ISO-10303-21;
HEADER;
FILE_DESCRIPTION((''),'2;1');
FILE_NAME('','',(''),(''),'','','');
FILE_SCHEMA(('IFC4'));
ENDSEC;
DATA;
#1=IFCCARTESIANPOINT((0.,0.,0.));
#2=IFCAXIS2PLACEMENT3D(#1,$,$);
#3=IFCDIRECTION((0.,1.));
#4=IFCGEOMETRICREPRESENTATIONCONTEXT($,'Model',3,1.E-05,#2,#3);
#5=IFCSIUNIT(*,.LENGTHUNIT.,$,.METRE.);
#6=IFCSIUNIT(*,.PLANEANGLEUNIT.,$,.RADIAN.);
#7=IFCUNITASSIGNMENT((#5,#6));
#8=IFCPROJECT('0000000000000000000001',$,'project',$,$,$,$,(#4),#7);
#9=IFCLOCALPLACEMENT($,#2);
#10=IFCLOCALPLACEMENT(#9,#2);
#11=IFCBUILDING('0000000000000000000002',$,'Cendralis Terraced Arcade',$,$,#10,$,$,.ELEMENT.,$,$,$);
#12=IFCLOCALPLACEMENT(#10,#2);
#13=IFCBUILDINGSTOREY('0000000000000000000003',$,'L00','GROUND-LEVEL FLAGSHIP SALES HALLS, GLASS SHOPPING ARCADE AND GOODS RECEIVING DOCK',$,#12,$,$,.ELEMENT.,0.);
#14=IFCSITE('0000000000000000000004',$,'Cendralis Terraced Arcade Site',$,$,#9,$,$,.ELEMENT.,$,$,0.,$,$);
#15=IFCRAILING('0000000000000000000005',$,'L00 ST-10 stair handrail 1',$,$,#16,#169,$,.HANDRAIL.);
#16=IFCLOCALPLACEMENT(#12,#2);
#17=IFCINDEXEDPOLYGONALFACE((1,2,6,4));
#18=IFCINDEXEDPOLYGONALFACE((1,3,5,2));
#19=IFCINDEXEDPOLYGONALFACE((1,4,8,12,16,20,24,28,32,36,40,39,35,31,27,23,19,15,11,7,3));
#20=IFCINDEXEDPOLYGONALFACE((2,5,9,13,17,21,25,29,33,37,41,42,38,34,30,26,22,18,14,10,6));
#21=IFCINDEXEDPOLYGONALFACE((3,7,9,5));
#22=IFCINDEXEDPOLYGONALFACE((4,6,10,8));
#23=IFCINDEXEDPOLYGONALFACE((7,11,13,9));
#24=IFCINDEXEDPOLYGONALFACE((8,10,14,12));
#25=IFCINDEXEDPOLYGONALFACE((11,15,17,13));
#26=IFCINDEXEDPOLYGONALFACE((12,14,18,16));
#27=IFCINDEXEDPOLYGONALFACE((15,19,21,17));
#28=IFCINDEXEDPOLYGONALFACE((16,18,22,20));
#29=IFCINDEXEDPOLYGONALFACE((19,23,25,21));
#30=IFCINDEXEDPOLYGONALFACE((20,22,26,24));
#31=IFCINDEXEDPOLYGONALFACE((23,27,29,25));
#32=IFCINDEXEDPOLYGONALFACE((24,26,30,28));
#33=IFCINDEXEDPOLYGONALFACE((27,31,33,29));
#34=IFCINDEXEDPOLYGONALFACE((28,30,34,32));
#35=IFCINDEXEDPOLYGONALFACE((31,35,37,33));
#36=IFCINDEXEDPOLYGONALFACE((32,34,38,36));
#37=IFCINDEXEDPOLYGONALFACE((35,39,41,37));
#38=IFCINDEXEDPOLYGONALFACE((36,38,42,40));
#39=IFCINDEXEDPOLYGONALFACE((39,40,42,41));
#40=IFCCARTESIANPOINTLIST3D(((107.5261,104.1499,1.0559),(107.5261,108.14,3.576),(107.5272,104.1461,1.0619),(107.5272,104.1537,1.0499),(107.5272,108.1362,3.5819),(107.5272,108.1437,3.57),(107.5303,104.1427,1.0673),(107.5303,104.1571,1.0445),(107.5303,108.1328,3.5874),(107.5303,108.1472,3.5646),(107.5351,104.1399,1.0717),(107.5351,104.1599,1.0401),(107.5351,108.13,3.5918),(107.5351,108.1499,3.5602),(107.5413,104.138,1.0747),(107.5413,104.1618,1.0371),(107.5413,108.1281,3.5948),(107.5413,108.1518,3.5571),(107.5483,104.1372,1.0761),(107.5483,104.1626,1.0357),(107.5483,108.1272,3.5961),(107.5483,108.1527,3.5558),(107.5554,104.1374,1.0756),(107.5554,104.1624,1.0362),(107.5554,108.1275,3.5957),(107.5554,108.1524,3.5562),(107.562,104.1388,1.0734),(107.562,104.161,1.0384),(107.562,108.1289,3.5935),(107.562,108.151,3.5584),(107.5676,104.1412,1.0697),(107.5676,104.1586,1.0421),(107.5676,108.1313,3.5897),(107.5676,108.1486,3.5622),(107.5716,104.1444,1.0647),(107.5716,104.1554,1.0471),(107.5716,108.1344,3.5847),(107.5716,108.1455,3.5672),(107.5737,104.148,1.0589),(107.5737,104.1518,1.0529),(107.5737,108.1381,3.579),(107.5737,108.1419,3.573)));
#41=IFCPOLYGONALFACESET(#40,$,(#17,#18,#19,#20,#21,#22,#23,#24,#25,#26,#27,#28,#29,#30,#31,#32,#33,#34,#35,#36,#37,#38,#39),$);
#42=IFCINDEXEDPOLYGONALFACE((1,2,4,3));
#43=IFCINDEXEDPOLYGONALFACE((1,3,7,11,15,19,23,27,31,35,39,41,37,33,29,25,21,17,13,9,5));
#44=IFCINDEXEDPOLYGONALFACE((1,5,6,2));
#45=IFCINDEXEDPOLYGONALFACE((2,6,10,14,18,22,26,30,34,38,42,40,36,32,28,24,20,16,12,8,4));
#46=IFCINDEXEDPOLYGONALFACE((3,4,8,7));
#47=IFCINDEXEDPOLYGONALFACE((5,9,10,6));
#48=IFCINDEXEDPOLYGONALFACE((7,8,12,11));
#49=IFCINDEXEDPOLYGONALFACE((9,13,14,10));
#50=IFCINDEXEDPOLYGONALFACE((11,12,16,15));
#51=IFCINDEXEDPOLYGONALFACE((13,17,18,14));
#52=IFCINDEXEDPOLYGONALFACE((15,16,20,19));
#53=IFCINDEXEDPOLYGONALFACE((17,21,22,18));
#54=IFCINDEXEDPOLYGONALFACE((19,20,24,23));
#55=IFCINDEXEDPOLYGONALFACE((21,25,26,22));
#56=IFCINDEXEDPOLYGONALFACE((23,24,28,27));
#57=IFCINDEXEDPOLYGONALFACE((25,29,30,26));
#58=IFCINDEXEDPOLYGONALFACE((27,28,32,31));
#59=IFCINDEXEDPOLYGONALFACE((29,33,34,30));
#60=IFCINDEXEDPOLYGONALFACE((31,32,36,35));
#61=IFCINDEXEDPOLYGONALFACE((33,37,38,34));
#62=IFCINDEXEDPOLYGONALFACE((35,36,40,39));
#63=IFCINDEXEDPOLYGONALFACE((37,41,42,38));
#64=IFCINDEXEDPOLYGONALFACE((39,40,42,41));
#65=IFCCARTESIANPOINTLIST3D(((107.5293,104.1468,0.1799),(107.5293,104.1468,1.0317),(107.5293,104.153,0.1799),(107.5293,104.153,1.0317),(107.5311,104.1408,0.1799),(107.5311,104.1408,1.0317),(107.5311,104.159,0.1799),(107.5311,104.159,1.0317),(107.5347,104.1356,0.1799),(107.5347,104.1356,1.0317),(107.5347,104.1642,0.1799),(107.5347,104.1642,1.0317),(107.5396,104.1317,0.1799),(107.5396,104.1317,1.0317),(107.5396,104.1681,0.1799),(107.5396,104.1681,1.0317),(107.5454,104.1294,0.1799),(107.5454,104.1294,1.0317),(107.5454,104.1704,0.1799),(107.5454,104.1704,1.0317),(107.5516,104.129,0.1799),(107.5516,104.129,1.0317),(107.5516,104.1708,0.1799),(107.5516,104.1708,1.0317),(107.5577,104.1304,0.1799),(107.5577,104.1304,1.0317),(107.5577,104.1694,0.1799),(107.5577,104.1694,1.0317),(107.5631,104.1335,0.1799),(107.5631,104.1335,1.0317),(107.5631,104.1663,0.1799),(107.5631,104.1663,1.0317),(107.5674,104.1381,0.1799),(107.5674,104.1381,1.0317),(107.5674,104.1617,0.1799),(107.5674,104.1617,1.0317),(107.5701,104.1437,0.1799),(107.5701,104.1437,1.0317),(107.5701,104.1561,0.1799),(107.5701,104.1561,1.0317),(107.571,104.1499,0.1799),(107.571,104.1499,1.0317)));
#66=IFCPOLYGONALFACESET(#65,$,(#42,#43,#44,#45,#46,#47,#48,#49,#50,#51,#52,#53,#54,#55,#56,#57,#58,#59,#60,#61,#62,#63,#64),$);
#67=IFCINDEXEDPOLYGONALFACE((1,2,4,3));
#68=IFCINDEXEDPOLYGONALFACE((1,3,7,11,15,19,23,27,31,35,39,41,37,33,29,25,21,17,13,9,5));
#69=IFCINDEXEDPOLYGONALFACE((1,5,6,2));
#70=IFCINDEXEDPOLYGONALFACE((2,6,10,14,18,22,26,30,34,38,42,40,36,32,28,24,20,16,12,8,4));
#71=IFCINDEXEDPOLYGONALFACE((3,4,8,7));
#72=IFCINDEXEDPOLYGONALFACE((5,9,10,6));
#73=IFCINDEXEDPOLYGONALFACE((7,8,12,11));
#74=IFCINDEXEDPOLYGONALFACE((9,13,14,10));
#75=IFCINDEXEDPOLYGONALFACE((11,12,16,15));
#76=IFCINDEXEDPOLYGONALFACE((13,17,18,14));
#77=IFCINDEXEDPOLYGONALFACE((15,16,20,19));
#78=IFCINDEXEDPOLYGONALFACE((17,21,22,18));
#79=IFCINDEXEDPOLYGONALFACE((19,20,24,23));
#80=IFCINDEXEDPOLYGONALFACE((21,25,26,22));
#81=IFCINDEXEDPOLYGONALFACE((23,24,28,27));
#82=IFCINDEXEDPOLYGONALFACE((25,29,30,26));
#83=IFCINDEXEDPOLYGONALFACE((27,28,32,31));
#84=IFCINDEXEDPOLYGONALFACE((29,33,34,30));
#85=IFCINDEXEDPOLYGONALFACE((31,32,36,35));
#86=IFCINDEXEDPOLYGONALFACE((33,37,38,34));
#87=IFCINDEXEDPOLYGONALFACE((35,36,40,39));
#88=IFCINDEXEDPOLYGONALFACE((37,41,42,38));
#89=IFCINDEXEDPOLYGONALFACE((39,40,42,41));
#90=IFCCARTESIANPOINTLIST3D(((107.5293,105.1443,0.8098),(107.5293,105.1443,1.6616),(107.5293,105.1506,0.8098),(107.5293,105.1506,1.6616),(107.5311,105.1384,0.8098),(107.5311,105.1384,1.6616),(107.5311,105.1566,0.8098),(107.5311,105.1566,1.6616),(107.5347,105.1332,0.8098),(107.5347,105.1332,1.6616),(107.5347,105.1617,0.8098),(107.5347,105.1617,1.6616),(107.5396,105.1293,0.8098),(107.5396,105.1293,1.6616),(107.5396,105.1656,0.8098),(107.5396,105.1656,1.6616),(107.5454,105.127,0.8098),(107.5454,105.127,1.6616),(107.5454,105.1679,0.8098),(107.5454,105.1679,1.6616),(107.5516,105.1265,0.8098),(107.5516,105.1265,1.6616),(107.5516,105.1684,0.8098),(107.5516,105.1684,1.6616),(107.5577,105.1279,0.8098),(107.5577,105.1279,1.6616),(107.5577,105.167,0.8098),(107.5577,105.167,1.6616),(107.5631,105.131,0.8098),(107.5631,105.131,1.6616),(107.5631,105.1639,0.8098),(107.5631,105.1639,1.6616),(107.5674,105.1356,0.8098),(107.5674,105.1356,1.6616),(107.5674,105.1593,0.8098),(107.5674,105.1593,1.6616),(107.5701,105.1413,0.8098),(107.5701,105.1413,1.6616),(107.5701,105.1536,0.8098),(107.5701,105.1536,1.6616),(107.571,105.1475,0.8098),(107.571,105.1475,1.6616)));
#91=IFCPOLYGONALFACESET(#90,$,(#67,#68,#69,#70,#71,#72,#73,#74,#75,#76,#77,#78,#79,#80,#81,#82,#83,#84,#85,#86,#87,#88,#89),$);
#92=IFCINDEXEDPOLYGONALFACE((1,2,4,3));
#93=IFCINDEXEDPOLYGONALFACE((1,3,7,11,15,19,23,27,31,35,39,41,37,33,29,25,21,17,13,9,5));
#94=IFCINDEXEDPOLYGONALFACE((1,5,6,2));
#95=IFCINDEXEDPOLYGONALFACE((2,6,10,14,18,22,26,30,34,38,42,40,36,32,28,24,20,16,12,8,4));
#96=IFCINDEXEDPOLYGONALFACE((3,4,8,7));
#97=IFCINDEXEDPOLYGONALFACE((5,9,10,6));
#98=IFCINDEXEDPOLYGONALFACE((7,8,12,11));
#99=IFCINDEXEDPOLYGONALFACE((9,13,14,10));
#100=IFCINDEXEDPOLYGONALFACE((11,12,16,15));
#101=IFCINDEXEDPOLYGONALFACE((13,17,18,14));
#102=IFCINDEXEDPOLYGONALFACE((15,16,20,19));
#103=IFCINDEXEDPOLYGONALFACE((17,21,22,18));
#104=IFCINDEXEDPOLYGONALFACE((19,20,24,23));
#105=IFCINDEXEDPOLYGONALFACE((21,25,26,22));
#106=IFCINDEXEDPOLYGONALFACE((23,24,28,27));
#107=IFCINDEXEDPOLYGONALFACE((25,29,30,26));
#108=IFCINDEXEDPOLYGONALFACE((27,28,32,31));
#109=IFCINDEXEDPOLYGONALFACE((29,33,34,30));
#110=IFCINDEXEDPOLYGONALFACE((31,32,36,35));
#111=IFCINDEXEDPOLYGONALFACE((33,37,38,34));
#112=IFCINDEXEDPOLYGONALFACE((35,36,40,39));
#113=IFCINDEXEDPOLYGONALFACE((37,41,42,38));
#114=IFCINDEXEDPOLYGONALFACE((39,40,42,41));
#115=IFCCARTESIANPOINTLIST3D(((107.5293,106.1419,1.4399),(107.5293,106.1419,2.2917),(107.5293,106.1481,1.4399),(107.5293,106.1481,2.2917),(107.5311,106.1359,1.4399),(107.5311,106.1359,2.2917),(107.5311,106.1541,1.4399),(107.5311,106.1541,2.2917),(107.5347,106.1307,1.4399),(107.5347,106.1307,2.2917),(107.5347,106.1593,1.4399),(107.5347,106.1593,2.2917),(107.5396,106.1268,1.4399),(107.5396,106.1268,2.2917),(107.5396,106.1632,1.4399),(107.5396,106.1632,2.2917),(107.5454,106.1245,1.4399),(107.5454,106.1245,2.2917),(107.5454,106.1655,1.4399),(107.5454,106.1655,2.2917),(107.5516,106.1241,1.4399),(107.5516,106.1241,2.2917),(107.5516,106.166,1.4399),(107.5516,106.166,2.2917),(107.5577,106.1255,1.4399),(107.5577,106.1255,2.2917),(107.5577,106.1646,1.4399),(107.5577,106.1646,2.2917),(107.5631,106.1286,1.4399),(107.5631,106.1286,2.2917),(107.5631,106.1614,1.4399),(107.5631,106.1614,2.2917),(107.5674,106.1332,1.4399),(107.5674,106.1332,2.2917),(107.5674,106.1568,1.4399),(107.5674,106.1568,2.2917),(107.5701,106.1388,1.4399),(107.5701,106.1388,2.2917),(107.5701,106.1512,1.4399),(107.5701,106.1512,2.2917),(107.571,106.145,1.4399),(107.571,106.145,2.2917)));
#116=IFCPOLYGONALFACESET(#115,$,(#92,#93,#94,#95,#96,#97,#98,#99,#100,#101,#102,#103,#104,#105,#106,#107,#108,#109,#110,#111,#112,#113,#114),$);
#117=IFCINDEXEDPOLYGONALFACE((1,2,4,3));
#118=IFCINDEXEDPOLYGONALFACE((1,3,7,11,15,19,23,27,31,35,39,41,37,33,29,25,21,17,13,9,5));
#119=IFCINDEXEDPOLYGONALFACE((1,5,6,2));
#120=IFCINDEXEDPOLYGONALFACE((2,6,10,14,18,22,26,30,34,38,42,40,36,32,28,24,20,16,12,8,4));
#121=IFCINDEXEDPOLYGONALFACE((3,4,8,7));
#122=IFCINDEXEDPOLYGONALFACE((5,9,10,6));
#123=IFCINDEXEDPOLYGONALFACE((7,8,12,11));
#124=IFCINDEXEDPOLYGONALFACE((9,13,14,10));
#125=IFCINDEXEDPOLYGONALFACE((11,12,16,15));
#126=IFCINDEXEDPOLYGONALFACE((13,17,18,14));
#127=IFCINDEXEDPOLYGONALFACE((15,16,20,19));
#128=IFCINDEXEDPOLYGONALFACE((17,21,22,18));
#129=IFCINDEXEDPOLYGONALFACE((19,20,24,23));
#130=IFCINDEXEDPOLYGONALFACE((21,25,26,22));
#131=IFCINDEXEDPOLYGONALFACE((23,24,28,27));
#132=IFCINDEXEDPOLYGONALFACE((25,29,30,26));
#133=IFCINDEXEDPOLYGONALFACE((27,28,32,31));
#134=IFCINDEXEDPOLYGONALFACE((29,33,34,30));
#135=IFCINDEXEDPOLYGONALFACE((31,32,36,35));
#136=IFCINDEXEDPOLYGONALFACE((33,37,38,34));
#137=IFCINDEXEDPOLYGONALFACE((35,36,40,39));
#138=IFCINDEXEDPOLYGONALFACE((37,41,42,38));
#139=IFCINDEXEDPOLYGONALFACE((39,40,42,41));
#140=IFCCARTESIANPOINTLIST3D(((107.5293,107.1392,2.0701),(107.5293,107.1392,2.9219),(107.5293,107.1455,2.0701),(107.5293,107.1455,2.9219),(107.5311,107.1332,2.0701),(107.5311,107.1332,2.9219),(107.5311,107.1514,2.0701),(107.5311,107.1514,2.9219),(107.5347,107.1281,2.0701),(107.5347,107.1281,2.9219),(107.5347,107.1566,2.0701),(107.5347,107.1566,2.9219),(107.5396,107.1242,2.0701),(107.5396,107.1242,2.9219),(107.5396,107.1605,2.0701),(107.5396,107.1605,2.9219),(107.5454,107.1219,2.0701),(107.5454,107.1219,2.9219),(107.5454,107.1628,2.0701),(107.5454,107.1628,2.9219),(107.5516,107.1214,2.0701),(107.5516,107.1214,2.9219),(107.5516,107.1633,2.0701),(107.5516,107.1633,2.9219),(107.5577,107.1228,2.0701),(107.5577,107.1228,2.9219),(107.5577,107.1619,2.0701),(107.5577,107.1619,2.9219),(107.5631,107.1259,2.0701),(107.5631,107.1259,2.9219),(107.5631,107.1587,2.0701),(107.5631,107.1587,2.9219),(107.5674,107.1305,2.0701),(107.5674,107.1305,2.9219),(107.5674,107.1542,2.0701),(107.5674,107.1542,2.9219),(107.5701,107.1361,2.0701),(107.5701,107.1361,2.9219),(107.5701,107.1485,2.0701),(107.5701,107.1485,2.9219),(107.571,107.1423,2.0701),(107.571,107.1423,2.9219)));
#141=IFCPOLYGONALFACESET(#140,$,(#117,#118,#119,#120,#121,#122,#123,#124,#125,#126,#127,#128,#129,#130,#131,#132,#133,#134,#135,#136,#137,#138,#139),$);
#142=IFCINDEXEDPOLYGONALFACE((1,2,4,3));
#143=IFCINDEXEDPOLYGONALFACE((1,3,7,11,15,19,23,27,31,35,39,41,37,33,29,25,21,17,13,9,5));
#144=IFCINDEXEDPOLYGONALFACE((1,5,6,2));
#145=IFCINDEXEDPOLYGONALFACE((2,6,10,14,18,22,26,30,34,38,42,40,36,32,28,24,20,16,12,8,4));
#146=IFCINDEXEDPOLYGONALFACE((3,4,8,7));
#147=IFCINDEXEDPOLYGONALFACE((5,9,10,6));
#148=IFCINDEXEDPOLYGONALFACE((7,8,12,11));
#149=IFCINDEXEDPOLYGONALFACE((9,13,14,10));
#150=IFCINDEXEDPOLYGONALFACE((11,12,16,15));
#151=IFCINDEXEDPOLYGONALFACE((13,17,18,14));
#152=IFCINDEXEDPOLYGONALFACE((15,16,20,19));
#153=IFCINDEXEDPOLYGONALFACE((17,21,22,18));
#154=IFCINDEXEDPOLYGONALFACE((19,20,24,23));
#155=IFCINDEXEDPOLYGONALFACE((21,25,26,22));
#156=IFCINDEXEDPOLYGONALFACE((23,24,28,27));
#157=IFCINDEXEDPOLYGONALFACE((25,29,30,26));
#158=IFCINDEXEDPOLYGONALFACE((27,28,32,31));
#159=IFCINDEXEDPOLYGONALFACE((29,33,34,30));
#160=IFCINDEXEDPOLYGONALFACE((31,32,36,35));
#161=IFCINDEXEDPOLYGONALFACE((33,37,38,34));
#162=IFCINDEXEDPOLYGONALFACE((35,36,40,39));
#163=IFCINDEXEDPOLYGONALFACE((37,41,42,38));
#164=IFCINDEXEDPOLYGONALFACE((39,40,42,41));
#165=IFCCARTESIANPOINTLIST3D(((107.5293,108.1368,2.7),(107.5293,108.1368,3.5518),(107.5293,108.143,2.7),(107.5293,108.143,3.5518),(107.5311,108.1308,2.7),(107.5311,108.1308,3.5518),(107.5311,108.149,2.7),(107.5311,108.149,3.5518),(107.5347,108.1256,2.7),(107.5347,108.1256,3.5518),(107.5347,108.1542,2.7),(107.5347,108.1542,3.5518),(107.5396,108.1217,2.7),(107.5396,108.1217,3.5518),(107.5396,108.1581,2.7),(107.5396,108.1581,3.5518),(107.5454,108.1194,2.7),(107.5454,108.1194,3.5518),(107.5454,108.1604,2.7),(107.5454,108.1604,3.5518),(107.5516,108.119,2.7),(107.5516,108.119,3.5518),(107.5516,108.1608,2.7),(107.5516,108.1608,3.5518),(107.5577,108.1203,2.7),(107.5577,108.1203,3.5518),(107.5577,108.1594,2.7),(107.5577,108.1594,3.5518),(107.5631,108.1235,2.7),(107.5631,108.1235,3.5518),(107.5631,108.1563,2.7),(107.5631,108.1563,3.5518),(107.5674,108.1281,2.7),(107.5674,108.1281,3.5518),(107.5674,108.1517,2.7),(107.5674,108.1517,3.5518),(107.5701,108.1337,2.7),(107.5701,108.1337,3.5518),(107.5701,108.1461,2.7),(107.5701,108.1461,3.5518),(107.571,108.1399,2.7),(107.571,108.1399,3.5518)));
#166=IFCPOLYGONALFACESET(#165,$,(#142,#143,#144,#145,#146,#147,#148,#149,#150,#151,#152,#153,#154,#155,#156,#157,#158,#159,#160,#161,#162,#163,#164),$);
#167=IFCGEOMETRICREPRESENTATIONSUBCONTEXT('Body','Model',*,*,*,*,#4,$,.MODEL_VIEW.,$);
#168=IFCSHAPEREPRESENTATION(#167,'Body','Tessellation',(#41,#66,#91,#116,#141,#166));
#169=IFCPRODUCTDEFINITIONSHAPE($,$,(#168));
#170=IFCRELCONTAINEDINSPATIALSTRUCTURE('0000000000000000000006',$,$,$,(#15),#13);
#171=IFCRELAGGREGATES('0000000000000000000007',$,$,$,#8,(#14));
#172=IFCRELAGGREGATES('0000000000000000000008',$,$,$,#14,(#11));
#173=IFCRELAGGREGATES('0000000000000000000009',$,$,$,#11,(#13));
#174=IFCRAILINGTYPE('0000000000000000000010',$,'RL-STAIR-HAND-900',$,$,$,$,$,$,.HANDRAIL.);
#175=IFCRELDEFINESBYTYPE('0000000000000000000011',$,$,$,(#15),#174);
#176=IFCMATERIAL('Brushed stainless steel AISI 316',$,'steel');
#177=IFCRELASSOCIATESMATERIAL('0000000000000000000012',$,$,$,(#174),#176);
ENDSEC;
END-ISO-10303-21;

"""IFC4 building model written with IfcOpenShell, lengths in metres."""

from ifc_helpers import new_model, si_unit, direction, frame, origin, origin_2d, place, context, subcontext, project, spatial, circle, extrude, material, type_object, element, save


model = new_model("IFC4")

# Units and contexts
model_context = context("Model", 3, precision=1e-05, world=origin(), true_north=direction((0.0, 1.0)))
body_context = subcontext(model_context, "Body", "Model", "MODEL_VIEW")
ifc_project = project(units=[si_unit("LENGTHUNIT", "METRE"), si_unit("PLANEANGLEUNIT", "RADIAN")], contexts=[model_context])

# Site, building, storey
site_placement = place(None, origin())
site = spatial("IfcSite", under=ifc_project, at=site_placement, Name="Cendralis Terraced Arcade Site", CompositionType="ELEMENT", RefElevation=0.0)
building_placement = place(site_placement, origin())
building = spatial("IfcBuilding", under=site, at=building_placement, Name="Cendralis Terraced Arcade", CompositionType="ELEMENT")
storey_placement = place(building_placement, origin())
storey = spatial("IfcBuildingStorey", under=building, at=storey_placement, Name="L00", Description="GROUND-LEVEL FLAGSHIP SALES HALLS, GLASS SHOPPING ARCADE AND GOODS RECEIVING DOCK", CompositionType="ELEMENT", Elevation=0.0)

# Railing
ifc_material_1 = material(Name="Brushed stainless steel AISI 316", Category="steel")
railing_type_1 = type_object("IfcRailingType", Name="RL-STAIR-HAND-900", PredefinedType="HANDRAIL", material=ifc_material_1)
railing_1_placement = place(storey_placement, frame((107.55, 104.1499, 0.1799)))
element("IfcRailing", 1, at=railing_1_placement, inside=storey, type_object=railing_type_1, Name="L00 ST-10 stair handrail 1", PredefinedType="HANDRAIL", context=body_context, shape_type="SweptSolid", body=[
    extrude(circle(Radius=0.0239, at=origin_2d()), frame((0.0, 0.0, 0.876), z_axis=(0.0, 0.845486, 0.533997), x_axis=(-1.0, 0.0, 0.0)), (0.0, 0.0, 1.0), 4.7192),
    extrude(circle(Radius=0.021, at=origin_2d()), origin(), (0.0, 0.0, 1.0), 0.8518),
    extrude(circle(Radius=0.021, at=origin_2d()), frame((0.0, 0.9976, 0.6299)), (0.0, 0.0, 1.0), 0.8518),
    extrude(circle(Radius=0.021, at=origin_2d()), frame((0.0, 1.9951, 1.26)), (0.0, 0.0, 1.0), 0.8518),
    extrude(circle(Radius=0.021, at=origin_2d()), frame((0.0, 2.9924, 1.8901)), (0.0, 0.0, 1.0), 0.8518),
    extrude(circle(Radius=0.021, at=origin_2d()), frame((0.0, 3.99, 2.52)), (0.0, 0.0, 1.0), 0.8518),
])

save(model, "model.ifc")
